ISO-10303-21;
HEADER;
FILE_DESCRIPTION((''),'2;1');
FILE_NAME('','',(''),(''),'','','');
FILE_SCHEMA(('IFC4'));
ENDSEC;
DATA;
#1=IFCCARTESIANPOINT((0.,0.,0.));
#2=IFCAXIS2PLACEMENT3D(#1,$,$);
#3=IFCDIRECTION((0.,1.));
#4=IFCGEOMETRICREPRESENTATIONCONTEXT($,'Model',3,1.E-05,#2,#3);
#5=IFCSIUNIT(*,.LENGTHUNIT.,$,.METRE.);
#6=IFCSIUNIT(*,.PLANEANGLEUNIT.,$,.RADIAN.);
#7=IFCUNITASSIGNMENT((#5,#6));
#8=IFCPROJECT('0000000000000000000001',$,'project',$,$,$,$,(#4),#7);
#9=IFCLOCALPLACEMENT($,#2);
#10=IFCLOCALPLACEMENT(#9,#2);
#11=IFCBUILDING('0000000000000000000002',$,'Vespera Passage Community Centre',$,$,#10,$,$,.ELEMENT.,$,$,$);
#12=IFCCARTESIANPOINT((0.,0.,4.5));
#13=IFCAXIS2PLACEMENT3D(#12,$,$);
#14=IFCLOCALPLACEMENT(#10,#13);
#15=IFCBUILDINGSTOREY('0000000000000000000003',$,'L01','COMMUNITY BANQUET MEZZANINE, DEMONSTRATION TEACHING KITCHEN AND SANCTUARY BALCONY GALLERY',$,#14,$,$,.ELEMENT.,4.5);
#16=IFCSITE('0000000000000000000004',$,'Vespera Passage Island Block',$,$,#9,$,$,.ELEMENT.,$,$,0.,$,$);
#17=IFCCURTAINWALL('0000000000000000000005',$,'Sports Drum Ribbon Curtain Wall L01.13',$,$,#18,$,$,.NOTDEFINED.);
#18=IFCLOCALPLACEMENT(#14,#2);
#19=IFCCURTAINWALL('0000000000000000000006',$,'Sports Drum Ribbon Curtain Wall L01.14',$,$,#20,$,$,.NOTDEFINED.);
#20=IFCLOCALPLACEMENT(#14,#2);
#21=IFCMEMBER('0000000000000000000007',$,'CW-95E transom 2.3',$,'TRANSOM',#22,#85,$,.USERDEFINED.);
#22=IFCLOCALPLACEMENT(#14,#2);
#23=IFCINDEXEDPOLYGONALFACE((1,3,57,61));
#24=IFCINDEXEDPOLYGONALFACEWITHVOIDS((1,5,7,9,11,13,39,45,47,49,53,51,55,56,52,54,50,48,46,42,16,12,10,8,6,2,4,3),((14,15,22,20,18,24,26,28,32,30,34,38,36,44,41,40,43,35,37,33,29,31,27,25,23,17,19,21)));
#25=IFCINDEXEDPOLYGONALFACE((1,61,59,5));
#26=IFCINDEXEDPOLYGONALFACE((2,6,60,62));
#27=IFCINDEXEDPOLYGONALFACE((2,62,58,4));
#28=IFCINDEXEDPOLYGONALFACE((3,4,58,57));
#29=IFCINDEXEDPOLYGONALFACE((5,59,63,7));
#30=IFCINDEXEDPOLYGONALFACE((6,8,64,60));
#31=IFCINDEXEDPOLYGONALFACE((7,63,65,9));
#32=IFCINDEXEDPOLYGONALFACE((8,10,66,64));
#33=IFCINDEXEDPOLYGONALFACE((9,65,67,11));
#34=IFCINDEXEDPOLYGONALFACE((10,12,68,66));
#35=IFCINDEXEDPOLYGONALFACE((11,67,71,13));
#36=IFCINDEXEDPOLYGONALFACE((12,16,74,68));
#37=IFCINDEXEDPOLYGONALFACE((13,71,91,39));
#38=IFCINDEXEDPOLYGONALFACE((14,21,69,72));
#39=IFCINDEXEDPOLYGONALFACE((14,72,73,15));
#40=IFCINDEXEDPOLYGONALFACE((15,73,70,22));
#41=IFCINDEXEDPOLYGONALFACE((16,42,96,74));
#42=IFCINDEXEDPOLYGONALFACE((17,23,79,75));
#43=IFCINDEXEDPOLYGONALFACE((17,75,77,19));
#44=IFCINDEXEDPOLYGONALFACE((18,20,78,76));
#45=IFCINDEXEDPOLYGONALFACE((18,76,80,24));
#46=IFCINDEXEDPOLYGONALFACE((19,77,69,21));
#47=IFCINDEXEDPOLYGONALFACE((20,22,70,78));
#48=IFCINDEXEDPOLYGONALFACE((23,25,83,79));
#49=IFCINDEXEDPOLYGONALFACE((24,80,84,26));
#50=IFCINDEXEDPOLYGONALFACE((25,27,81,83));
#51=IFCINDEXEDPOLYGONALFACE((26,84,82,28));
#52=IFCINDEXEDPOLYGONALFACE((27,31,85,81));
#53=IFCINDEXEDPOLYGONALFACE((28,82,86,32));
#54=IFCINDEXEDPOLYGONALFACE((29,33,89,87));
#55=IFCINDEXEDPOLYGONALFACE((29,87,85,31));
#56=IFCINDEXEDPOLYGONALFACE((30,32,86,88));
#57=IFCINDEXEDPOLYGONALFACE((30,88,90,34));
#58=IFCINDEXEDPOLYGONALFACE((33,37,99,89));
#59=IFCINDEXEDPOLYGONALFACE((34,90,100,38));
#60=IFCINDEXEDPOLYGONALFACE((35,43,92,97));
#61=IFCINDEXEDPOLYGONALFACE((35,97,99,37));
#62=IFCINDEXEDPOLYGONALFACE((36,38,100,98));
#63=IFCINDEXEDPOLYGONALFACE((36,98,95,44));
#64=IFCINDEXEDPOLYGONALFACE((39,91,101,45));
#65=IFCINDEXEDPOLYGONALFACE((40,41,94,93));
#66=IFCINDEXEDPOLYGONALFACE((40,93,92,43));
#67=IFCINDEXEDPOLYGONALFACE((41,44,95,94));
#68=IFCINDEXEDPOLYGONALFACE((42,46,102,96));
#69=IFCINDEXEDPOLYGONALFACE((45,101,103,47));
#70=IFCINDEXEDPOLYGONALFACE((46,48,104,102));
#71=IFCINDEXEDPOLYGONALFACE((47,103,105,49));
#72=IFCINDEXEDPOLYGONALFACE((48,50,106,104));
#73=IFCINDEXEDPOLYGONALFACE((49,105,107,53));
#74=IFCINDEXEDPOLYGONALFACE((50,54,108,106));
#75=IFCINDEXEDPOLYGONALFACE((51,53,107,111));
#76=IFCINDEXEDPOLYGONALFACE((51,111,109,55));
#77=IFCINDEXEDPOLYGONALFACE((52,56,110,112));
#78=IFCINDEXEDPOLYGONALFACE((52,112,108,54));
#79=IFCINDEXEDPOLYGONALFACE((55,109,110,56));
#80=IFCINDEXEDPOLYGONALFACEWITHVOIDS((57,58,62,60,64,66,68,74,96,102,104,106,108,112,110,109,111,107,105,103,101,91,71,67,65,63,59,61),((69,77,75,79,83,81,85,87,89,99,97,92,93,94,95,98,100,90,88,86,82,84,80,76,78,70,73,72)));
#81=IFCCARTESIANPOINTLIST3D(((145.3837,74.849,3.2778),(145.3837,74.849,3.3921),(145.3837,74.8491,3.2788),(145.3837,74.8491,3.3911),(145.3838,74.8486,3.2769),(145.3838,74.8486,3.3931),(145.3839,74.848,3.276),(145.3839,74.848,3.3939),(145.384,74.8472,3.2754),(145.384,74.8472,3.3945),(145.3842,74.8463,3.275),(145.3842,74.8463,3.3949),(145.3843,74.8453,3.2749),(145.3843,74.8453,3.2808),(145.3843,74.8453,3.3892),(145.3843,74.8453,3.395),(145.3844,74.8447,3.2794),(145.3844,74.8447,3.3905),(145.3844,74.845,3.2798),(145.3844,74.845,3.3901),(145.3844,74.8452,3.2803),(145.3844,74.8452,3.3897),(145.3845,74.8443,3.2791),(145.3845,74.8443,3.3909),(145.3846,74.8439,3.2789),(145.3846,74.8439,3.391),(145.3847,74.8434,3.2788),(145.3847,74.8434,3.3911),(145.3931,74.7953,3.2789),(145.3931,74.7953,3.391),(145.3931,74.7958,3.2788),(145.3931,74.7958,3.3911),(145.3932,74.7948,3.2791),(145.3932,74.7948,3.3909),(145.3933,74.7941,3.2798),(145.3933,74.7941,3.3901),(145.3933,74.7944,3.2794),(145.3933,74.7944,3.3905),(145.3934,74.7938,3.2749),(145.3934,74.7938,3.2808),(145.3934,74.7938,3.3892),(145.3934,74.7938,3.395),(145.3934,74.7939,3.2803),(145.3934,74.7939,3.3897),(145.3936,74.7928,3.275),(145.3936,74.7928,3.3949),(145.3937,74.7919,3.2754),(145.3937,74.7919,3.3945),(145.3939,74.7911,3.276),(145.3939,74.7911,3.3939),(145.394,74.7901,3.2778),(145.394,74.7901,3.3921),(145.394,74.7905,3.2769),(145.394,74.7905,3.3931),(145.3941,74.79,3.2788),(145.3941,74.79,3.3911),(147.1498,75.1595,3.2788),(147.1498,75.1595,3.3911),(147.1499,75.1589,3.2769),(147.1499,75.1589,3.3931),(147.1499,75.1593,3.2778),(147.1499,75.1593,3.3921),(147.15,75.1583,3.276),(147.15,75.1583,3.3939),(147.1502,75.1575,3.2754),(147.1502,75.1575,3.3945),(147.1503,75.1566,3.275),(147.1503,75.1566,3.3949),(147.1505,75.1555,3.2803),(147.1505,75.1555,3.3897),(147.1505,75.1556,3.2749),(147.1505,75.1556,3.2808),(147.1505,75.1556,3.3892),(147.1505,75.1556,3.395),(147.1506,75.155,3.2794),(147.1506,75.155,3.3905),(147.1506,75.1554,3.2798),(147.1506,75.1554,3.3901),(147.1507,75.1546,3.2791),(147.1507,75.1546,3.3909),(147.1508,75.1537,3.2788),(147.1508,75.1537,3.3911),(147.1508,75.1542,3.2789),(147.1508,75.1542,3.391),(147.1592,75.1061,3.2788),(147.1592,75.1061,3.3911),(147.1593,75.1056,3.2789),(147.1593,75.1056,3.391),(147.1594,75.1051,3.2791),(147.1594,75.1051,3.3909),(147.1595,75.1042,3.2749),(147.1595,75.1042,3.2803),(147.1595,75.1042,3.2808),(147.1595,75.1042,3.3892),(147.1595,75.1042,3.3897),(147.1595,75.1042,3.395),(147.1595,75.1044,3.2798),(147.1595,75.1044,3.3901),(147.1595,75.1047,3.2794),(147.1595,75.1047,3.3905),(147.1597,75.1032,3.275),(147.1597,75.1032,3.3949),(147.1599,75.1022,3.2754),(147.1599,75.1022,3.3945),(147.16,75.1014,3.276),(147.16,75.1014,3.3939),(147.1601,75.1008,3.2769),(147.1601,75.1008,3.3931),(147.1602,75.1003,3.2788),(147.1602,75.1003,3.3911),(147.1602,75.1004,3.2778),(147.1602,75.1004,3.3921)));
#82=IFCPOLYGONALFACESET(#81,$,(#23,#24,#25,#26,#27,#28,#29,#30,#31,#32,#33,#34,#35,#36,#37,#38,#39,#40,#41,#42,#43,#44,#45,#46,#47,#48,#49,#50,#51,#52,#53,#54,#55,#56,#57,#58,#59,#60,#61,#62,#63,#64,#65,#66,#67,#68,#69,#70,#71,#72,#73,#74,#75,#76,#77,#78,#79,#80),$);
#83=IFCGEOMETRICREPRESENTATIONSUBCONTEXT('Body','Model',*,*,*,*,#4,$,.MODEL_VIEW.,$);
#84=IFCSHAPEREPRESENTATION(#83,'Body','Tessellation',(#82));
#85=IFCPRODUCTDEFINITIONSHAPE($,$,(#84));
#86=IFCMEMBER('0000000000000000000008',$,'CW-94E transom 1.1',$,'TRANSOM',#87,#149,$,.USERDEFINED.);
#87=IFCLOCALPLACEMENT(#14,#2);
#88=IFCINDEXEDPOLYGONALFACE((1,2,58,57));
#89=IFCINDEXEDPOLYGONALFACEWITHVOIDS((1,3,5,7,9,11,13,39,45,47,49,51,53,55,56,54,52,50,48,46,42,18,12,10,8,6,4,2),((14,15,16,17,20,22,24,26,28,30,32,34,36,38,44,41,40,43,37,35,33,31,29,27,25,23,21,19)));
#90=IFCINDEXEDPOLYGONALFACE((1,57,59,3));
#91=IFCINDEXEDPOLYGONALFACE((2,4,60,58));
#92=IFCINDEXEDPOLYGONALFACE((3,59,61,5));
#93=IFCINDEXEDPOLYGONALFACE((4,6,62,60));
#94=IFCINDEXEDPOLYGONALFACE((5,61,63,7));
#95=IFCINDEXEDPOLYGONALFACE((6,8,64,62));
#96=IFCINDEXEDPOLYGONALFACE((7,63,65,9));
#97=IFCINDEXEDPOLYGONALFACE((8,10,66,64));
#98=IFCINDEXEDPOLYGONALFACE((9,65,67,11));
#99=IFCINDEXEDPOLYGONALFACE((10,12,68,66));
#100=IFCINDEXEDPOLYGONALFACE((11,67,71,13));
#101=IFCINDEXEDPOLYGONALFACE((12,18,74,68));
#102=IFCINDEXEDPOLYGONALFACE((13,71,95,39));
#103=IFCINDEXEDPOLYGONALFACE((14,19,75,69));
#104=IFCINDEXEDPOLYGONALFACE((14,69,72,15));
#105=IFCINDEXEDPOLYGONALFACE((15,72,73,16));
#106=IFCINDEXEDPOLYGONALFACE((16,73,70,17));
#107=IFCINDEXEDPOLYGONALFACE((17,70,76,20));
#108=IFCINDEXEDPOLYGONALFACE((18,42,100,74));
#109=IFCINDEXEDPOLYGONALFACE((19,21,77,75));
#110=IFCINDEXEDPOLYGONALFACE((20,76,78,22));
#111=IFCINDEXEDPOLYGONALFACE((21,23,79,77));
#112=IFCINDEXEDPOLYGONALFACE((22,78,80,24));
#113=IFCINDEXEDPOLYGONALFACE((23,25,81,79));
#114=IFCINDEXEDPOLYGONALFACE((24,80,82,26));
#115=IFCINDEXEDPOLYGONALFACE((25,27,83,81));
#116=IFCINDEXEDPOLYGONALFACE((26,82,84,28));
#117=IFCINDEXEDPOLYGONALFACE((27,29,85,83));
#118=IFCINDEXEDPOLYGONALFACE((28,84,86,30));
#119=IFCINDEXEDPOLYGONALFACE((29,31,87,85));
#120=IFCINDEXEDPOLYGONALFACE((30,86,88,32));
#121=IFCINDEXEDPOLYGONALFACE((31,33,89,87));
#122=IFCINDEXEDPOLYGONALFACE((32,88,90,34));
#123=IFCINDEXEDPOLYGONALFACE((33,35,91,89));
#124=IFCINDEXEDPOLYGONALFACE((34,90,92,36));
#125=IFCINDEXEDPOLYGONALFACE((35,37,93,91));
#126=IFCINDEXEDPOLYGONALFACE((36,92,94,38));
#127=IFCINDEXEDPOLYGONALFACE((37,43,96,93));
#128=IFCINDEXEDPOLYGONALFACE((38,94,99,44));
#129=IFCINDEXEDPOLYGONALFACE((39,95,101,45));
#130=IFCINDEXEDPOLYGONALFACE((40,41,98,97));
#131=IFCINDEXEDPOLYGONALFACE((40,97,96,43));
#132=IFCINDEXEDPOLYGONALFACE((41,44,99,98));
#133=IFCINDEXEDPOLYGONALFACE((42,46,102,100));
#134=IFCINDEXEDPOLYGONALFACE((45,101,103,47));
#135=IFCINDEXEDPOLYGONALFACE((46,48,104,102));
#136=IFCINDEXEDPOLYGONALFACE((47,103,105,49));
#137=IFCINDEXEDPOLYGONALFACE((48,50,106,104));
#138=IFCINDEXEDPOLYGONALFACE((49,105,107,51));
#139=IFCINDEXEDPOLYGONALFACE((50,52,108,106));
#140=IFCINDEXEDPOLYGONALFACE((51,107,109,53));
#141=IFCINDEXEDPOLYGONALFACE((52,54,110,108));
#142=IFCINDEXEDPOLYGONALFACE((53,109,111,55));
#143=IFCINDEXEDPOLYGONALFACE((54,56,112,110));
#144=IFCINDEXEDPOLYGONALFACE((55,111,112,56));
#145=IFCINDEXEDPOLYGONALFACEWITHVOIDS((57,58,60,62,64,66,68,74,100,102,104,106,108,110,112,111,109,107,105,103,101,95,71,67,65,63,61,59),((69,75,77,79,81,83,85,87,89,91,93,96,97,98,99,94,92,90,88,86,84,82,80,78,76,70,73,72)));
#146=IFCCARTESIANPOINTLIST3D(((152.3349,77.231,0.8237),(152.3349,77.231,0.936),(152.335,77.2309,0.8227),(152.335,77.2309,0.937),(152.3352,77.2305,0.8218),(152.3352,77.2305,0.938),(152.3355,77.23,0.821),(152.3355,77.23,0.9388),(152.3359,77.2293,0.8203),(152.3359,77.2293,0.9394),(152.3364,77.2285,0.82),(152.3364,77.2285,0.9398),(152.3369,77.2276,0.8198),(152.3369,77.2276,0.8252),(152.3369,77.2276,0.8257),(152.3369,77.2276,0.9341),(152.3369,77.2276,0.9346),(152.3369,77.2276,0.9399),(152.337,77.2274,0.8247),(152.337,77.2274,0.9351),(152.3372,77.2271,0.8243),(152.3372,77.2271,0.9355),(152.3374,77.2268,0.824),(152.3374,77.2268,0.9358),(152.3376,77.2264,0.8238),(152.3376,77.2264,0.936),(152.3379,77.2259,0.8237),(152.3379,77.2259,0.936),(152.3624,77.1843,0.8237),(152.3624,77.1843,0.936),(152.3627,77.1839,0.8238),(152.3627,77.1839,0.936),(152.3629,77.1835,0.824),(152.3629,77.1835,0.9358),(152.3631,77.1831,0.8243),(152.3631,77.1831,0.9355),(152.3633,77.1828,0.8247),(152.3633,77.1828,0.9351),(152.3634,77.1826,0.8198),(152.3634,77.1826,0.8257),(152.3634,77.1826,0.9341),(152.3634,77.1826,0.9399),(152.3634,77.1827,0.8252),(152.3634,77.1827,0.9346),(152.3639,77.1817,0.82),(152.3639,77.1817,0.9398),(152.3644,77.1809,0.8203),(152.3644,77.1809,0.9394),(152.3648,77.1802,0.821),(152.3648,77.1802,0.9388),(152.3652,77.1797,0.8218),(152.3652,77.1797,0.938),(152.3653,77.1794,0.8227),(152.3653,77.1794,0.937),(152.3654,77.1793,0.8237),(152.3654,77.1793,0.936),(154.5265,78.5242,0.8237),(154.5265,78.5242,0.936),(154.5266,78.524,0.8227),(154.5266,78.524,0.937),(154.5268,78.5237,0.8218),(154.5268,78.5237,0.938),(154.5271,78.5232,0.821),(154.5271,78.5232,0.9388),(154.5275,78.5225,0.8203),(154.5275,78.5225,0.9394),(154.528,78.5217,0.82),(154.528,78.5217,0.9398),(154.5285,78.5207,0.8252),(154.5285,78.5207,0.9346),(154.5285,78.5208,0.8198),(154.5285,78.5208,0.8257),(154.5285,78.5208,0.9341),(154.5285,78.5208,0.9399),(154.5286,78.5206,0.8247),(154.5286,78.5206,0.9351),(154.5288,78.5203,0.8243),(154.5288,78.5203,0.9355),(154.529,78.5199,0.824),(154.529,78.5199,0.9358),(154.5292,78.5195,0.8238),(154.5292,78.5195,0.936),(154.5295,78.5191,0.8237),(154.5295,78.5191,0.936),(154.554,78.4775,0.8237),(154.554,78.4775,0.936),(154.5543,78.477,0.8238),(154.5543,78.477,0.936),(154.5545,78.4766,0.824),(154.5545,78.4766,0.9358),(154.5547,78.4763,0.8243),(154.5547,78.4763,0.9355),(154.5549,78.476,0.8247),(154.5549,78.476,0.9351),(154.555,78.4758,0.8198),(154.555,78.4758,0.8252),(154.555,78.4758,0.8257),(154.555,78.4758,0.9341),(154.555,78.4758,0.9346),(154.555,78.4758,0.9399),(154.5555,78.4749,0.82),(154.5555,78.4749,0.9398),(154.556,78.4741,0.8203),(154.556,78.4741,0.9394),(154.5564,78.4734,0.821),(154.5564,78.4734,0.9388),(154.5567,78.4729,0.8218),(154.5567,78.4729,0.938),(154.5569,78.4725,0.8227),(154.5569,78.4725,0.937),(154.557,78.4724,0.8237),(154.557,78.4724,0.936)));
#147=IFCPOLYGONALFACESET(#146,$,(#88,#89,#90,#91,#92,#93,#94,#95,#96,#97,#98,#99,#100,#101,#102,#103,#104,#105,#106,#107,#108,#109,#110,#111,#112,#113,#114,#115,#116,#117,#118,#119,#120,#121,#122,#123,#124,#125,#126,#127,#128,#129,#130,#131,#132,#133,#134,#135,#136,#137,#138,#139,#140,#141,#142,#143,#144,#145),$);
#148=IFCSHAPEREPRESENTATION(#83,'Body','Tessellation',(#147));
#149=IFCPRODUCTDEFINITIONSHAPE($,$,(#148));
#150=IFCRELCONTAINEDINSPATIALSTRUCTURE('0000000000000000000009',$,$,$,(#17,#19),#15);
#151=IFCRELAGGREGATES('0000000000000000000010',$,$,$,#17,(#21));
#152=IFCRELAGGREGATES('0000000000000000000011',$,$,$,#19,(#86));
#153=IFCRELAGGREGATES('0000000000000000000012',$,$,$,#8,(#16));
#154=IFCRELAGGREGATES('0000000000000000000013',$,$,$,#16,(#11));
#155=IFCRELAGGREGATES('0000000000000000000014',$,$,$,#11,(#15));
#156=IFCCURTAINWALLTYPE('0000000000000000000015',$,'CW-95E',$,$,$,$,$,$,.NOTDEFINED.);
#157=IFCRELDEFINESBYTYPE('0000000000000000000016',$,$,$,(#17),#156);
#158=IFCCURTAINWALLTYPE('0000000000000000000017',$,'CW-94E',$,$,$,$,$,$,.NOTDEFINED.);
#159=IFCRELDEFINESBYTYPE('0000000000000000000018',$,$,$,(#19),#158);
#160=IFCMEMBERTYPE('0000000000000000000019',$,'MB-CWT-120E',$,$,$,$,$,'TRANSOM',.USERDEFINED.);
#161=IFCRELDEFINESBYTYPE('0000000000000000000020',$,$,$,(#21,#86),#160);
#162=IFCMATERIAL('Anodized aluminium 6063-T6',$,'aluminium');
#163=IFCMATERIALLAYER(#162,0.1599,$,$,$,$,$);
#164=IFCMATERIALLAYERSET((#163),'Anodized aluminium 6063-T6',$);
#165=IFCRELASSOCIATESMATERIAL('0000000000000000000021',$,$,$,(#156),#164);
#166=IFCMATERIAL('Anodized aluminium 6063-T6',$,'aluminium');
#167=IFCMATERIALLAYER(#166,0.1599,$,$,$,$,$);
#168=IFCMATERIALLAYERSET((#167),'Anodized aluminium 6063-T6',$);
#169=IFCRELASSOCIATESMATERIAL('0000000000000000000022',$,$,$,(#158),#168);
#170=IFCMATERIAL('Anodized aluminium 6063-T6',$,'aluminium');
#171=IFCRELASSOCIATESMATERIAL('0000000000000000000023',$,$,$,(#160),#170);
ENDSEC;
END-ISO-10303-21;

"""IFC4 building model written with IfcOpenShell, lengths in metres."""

from ifc_helpers import new_model, si_unit, direction, frame, origin, origin_2d, place, context, subcontext, project, spatial, hollow_rectangle, extrude, material, layer, layer_set, material_profile, profile_set, type_object, element, aggregate, save


model = new_model("IFC4")

# Units and contexts
model_context = context("Model", 3, precision=1e-05, world=origin(), true_north=direction((0.0, 1.0)))
body_context = subcontext(model_context, "Body", "Model", "MODEL_VIEW")
ifc_project = project(units=[si_unit("LENGTHUNIT", "METRE"), si_unit("PLANEANGLEUNIT", "RADIAN")], contexts=[model_context])

# Site, building, storey
site_placement = place(None, origin())
site = spatial("IfcSite", under=ifc_project, at=site_placement, Name="Vespera Passage Island Block", CompositionType="ELEMENT", RefElevation=0.0)
building_placement = place(site_placement, origin())
building = spatial("IfcBuilding", under=site, at=building_placement, Name="Vespera Passage Community Centre", CompositionType="ELEMENT")
storey_placement = place(building_placement, frame((0.0, 0.0, 4.5)))
storey = spatial("IfcBuildingStorey", under=building, at=storey_placement, Name="L01", Description="COMMUNITY BANQUET MEZZANINE, DEMONSTRATION TEACHING KITCHEN AND SANCTUARY BALCONY GALLERY", CompositionType="ELEMENT", Elevation=4.5)

# Curtain walls
ifc_material_1 = material(Name="Anodized aluminium 6063-T6", Category="aluminium")
ifc_layer_1 = layer(ifc_material_1, 0.1599)
ifc_layer_set_1 = layer_set([ifc_layer_1], Name="Anodized aluminium 6063-T6")
curtain_wall_type_1 = type_object("IfcCurtainWallType", Name="CW-95E", PredefinedType="NOTDEFINED", material=ifc_layer_set_1)
curtain_wall_1_placement = place(storey_placement, origin())
curtain_wall_1 = element("IfcCurtainWall", 1, at=curtain_wall_1_placement, inside=storey, type_object=curtain_wall_type_1, Name="Sports Drum Ribbon Curtain Wall L01.13", PredefinedType="NOTDEFINED")
ifc_material_2 = material(Name="Anodized aluminium 6063-T6", Category="aluminium")
ifc_layer_2 = layer(ifc_material_2, 0.1599)
ifc_layer_set_2 = layer_set([ifc_layer_2], Name="Anodized aluminium 6063-T6")
curtain_wall_type_2 = type_object("IfcCurtainWallType", Name="CW-94E", PredefinedType="NOTDEFINED", material=ifc_layer_set_2)
curtain_wall_2_placement = place(storey_placement, origin())
curtain_wall_2 = element("IfcCurtainWall", 2, at=curtain_wall_2_placement, inside=storey, type_object=curtain_wall_type_2, Name="Sports Drum Ribbon Curtain Wall L01.14", PredefinedType="NOTDEFINED")

# Members
ifc_material_3 = material(Name="Anodized aluminium 6063-T6", Category="aluminium")
ifc_material_profile_1 = material_profile(ifc_material_3, hollow_rectangle(XDim=0.0601, YDim=0.1201, WallThickness=0.0039, InnerFilletRadius=0.002, OuterFilletRadius=0.0039, at=origin_2d()), Name="ALU120X60X4")
ifc_profile_set_1 = profile_set([ifc_material_profile_1], Name="Anodized aluminium 6063-T6")
member_type_1 = type_object("IfcMemberType", Name="MB-CWT-120E", ElementType="TRANSOM", PredefinedType="USERDEFINED", material=ifc_profile_set_1)
member_1_placement = place(storey_placement, frame((147.155, 75.1299, 3.335), z_axis=(-0.984913, -0.173047, 0.0), x_axis=(0.173047, -0.984913, 0.0)))
member_1 = element("IfcMember", 3, at=member_1_placement, type_object=member_type_1, Name="CW-95E transom 2.3", ObjectType="TRANSOM", PredefinedType="USERDEFINED", context=body_context, shape_type="SweptSolid", body=[
    extrude(hollow_rectangle(XDim=0.0601, YDim=0.1201, WallThickness=0.0039, InnerFilletRadius=0.002, OuterFilletRadius=0.0039, at=origin_2d()), origin(), (0.0, 0.0, 1.0), 1.7932),
])
member_2_placement = place(storey_placement, frame((154.5417, 78.4983, 0.8799), z_axis=(-0.861245, -0.508189, 0.0), x_axis=(0.508189, -0.861245, 0.0)))
member_2 = element("IfcMember", 4, at=member_2_placement, type_object=member_type_1, Name="CW-94E transom 1.1", ObjectType="TRANSOM", PredefinedType="USERDEFINED", context=body_context, shape_type="SweptSolid", body=[
    extrude(hollow_rectangle(XDim=0.0601, YDim=0.1201, WallThickness=0.0039, InnerFilletRadius=0.002, OuterFilletRadius=0.0039, at=origin_2d()), origin(), (0.0, 0.0, 1.0), 2.5447),
])

aggregate(curtain_wall_1, [member_1])
aggregate(curtain_wall_2, [member_2])

save(model, "model.ifc")
